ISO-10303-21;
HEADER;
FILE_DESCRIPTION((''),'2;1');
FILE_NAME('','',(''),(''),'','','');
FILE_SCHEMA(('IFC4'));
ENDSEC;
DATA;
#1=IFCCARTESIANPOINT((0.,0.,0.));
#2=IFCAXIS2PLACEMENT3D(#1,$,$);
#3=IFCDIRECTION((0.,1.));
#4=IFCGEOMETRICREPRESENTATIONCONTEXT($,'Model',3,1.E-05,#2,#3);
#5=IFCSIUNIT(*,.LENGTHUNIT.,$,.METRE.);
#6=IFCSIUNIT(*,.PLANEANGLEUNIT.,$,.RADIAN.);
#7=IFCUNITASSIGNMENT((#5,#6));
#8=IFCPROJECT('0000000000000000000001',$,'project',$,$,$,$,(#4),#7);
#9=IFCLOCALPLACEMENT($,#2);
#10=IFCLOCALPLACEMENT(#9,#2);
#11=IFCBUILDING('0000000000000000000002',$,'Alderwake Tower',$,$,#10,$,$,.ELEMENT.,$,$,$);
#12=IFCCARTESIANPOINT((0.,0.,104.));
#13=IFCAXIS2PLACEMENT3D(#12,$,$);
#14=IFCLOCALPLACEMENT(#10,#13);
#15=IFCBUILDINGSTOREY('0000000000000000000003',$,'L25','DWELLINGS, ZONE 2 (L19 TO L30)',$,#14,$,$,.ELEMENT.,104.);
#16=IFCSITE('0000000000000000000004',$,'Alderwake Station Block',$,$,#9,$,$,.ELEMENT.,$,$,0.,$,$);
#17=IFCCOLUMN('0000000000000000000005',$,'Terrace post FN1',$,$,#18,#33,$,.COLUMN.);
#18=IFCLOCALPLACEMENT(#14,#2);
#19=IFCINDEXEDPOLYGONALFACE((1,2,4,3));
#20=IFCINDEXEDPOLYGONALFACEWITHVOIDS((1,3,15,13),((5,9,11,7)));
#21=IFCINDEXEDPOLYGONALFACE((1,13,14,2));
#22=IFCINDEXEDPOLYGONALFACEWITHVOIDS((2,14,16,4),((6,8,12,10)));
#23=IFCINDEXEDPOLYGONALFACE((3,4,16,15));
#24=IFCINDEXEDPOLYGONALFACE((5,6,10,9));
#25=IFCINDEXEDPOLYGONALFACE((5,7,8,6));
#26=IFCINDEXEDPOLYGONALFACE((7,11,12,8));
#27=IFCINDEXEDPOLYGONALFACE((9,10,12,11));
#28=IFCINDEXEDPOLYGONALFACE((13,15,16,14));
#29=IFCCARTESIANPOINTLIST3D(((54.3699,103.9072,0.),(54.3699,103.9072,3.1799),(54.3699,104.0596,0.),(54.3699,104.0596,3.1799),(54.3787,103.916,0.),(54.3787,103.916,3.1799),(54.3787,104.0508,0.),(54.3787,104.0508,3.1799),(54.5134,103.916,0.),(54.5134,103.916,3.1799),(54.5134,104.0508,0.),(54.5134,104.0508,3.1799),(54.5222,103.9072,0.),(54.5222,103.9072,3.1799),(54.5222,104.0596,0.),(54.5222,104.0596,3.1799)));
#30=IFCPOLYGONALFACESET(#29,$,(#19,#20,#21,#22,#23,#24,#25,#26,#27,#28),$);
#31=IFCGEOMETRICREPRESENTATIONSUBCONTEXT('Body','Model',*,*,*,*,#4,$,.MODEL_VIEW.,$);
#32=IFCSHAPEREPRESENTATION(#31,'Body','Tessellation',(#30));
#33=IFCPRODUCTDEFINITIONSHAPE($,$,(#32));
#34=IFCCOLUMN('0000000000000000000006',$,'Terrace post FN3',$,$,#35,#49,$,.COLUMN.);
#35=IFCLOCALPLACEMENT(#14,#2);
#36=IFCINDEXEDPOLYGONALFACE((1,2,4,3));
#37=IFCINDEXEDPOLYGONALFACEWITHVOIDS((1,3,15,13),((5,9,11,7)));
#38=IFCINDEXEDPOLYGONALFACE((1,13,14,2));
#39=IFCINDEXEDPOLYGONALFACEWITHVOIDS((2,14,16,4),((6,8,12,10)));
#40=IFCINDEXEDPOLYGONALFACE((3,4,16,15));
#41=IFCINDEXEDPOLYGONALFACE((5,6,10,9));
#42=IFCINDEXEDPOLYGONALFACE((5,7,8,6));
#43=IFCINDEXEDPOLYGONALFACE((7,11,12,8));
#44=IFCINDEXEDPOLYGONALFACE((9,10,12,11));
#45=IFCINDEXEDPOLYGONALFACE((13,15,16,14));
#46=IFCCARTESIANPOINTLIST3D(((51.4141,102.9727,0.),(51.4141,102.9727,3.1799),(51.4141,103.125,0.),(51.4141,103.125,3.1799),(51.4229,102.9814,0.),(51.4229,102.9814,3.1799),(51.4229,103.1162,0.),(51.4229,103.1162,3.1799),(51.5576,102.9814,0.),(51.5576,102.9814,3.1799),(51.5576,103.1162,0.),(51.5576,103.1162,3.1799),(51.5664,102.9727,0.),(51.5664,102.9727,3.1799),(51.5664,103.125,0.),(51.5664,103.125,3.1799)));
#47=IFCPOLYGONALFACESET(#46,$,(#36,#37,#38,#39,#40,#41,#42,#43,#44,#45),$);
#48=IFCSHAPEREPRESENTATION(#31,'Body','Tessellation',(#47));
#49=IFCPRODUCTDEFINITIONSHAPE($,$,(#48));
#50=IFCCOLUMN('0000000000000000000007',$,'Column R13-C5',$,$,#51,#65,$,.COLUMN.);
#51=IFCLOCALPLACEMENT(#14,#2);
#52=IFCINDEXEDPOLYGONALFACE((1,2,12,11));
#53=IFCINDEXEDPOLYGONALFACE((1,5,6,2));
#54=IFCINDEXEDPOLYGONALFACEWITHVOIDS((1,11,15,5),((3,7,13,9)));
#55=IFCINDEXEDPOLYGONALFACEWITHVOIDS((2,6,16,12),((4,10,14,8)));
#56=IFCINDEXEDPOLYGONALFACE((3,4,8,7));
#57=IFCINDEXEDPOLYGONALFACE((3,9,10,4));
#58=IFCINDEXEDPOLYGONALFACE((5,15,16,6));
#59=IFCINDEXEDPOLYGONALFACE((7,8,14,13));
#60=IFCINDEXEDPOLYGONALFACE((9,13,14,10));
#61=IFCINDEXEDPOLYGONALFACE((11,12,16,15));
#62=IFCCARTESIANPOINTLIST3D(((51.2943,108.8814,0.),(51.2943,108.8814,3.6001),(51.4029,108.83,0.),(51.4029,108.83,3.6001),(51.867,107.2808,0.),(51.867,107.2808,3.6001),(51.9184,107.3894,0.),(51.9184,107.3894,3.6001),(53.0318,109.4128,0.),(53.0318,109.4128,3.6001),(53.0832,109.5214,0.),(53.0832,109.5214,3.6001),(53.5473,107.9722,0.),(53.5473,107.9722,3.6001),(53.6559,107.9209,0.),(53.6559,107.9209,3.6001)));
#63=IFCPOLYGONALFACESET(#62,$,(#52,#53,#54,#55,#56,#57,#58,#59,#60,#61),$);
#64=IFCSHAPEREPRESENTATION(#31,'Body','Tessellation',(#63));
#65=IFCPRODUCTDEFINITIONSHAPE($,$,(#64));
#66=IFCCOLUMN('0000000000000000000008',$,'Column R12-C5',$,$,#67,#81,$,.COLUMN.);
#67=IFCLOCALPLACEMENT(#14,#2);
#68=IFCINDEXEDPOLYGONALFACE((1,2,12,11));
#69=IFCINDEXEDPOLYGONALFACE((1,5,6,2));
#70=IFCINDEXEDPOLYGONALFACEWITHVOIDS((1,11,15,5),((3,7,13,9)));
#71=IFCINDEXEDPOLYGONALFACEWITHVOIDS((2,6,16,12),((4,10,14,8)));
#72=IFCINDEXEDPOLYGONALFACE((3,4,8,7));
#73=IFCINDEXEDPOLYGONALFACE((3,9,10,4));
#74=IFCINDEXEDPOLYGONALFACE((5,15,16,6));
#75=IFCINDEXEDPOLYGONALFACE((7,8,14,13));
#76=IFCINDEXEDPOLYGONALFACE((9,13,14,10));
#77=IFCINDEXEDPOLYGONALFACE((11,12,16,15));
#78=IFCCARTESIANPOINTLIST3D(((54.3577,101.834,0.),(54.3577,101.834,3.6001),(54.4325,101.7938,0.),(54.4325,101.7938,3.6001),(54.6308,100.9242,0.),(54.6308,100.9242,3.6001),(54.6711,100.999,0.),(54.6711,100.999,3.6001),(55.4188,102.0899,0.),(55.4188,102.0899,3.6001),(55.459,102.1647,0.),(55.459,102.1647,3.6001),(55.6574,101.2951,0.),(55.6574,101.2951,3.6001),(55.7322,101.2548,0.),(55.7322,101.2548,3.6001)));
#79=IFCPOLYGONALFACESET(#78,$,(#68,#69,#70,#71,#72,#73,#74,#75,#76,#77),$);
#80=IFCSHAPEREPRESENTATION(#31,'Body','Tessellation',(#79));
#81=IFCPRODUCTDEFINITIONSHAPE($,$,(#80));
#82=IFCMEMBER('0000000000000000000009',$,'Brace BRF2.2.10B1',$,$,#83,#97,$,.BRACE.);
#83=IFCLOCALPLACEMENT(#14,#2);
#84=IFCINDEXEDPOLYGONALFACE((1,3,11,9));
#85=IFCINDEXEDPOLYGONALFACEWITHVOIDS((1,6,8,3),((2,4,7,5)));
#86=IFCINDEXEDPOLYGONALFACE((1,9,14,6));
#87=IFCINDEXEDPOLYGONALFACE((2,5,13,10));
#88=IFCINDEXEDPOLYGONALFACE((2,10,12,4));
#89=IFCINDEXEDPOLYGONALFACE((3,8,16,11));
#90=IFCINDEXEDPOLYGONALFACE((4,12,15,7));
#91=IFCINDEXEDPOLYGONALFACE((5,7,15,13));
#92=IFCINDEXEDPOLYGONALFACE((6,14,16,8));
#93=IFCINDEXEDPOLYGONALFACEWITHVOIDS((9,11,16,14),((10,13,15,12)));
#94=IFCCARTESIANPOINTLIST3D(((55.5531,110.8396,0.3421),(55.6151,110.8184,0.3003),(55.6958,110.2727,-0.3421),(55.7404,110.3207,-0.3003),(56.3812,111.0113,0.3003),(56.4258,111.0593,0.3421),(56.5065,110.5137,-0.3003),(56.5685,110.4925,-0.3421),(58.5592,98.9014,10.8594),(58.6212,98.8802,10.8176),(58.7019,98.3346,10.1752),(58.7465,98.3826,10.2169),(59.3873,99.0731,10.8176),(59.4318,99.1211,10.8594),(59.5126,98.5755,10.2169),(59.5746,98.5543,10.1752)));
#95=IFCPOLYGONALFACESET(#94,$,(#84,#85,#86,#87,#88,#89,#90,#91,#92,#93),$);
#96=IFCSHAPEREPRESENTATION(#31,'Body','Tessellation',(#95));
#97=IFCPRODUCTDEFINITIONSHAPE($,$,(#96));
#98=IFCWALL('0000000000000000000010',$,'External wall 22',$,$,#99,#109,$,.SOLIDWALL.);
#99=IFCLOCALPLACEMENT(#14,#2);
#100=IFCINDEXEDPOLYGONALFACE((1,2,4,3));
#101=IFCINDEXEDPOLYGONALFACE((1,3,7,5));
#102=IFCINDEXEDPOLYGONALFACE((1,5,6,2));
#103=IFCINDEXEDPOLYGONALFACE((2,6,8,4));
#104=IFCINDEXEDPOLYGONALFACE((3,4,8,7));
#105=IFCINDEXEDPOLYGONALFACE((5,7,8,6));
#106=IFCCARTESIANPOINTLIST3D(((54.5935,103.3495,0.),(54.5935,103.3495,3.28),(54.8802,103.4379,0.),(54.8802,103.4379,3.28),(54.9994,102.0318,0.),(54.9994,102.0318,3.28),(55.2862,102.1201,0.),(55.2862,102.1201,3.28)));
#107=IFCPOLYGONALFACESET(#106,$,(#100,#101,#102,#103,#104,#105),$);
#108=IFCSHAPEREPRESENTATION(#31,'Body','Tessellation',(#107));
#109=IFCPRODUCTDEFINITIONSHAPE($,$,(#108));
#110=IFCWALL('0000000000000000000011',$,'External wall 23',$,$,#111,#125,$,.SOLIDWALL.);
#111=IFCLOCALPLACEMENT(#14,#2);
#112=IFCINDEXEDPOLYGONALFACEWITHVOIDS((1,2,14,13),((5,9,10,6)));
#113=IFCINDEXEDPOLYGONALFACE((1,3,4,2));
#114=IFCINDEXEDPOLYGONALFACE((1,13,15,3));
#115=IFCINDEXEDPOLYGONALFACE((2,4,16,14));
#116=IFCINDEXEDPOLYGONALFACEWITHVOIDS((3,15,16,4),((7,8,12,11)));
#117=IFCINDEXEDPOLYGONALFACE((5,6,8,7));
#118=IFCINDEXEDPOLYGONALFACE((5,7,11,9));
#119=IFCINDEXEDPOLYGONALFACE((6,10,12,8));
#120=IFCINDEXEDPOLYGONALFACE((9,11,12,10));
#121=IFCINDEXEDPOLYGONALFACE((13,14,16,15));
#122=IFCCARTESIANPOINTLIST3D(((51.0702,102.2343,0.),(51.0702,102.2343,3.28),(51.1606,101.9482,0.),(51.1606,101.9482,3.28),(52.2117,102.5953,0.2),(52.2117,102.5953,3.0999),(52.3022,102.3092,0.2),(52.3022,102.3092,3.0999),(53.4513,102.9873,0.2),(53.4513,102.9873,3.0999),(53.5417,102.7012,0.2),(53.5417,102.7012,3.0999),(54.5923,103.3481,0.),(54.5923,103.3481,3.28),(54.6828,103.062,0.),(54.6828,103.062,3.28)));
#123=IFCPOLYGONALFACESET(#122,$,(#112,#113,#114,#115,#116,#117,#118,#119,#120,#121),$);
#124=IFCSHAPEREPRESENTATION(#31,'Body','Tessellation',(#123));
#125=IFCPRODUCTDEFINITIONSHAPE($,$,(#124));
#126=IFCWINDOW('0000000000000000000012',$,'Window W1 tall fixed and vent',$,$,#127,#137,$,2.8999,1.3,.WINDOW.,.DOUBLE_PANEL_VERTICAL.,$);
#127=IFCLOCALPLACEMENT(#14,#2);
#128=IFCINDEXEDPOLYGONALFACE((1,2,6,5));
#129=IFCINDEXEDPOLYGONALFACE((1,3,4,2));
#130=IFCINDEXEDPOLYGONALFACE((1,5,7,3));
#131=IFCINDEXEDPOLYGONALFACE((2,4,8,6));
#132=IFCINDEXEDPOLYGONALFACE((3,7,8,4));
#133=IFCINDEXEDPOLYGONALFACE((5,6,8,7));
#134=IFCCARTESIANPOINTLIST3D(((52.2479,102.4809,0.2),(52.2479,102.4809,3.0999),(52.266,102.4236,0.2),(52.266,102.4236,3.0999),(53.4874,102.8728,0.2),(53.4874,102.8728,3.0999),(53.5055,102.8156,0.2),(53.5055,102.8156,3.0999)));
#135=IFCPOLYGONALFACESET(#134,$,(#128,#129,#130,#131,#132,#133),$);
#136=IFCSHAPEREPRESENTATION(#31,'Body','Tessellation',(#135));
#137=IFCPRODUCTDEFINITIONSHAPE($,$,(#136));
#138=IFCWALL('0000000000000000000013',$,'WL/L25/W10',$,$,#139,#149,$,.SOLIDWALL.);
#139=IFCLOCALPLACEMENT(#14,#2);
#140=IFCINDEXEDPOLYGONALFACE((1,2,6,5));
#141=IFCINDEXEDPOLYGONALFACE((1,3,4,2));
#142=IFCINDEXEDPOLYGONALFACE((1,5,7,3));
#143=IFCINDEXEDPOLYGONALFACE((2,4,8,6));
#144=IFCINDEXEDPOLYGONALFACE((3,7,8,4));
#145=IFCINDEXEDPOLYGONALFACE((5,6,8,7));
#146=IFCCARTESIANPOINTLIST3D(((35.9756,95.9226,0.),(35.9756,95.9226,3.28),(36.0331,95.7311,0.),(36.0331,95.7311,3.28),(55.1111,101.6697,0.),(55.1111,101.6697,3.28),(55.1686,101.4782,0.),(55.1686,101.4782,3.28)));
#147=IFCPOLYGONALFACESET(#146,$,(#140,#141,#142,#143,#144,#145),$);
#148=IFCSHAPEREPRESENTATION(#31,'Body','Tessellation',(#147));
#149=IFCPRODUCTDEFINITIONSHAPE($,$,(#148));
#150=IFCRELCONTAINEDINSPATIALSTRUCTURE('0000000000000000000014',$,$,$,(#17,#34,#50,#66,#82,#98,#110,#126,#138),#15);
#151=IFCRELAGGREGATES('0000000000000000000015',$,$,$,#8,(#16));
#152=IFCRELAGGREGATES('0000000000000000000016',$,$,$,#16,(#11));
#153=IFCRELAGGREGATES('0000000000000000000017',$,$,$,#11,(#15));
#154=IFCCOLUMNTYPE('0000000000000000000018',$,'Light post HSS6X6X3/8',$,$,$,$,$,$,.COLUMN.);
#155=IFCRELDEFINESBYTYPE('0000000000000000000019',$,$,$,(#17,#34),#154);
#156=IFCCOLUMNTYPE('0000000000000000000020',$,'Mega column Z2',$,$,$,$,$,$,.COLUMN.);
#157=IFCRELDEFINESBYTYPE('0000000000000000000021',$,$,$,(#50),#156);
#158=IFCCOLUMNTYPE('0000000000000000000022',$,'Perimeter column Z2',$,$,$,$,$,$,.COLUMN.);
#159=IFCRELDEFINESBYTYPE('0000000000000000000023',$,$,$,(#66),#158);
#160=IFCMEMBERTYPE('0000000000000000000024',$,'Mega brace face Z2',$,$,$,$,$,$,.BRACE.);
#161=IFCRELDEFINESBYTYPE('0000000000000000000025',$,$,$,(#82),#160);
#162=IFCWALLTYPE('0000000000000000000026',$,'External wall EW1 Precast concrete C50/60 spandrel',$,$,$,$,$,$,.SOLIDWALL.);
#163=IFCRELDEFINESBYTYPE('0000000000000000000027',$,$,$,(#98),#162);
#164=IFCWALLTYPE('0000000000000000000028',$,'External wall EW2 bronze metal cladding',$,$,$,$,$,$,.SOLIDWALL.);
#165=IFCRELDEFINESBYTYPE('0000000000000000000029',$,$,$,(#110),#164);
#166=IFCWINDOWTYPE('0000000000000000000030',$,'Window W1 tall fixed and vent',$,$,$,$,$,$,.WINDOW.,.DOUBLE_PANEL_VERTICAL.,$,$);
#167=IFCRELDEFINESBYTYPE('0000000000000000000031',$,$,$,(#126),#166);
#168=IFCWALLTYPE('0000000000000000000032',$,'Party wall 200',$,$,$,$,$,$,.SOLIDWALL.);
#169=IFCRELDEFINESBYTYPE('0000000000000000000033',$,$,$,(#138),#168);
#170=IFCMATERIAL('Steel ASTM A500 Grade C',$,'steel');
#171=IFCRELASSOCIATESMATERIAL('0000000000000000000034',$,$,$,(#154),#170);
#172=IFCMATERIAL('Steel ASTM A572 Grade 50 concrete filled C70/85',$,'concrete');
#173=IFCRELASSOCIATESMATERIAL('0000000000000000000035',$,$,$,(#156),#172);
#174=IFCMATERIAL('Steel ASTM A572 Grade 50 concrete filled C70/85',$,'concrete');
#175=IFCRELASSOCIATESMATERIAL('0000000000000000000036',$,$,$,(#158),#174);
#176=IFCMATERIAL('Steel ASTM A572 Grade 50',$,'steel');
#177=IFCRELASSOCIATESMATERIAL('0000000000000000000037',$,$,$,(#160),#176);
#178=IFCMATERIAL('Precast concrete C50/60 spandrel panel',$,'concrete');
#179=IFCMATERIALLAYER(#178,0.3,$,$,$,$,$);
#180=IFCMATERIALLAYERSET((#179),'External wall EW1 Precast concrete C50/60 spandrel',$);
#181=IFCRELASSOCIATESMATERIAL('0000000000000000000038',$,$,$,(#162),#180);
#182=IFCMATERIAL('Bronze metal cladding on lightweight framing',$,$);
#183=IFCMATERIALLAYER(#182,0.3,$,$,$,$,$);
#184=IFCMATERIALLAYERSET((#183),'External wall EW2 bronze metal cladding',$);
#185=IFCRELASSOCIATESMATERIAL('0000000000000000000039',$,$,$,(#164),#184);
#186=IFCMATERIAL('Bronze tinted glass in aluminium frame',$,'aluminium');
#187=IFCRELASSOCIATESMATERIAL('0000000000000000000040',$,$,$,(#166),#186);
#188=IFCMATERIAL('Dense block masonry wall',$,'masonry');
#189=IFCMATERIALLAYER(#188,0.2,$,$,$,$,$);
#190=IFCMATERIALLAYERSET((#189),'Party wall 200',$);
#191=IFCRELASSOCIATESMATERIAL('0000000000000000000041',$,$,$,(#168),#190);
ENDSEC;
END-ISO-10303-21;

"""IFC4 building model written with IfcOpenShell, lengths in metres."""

from ifc_helpers import new_model, si_unit, direction, frame, frame_2d, origin, origin_2d, place, context, subcontext, project, spatial, rectangle, hollow_rectangle, extrude, material, layer, layer_set, material_profile, profile_set, type_object, element, fill, save


model = new_model("IFC4")

# Units and contexts
model_context = context("Model", 3, precision=1e-05, world=origin(), true_north=direction((0.0, 1.0)))
body_context = subcontext(model_context, "Body", "Model", "MODEL_VIEW")
ifc_project = project(units=[si_unit("LENGTHUNIT", "METRE"), si_unit("PLANEANGLEUNIT", "RADIAN")], contexts=[model_context])

# Site, building, storey
site_placement = place(None, origin())
site = spatial("IfcSite", under=ifc_project, at=site_placement, Name="Alderwake Station Block", CompositionType="ELEMENT", RefElevation=0.0)
building_placement = place(site_placement, origin())
building = spatial("IfcBuilding", under=site, at=building_placement, Name="Alderwake Tower", CompositionType="ELEMENT")
storey_placement = place(building_placement, frame((0.0, 0.0, 104.0)))
storey = spatial("IfcBuildingStorey", under=building, at=storey_placement, Name="L25", Description="DWELLINGS, ZONE 2 (L19 TO L30)", CompositionType="ELEMENT", Elevation=104.0)

# Columns
ifc_material_1 = material(Name="Steel ASTM A500 Grade C", Category="steel")
ifc_material_profile_1 = material_profile(ifc_material_1, hollow_rectangle(XDim=0.1523, YDim=0.1523, WallThickness=0.0088, at=origin_2d()), Name="HSS6X6X3/8")
ifc_profile_set_1 = profile_set([ifc_material_profile_1], Name="Steel ASTM A500 Grade C")
column_type_1 = type_object("IfcColumnType", Name="Light post HSS6X6X3/8", PredefinedType="COLUMN", material=ifc_profile_set_1)
for number, where, z_axis, x_axis, name in (
    (1, (54.446, 103.9834, 0.0), (0.0, 0.0, 1.0), (1.0, 0.0, 0.0), "Terrace post FN1"),
    (2, (51.4902, 103.0488, 0.0), (0.0, 0.0, 1.0), (1.0, 0.0, 0.0), "Terrace post FN3"),
):
    element("IfcColumn", number, at=place(storey_placement, frame(where, z_axis=z_axis, x_axis=x_axis)), inside=storey, type_object=column_type_1, Name=name, PredefinedType="COLUMN", context=body_context, shape_type="SweptSolid", body=[
        extrude(hollow_rectangle(XDim=0.1523, YDim=0.1523, WallThickness=0.0088, at=origin_2d()), origin(), (0.0, 0.0, 1.0), 3.1799),
    ])
ifc_material_2 = material(Name="Steel ASTM A572 Grade 50 concrete filled C70/85", Category="concrete")
ifc_material_profile_2 = material_profile(ifc_material_2, hollow_rectangle(XDim=1.7, YDim=1.8999, WallThickness=0.085, at=origin_2d()), Name="BOX 1900X1700X85")
ifc_profile_set_2 = profile_set([ifc_material_profile_2], Name="Steel ASTM A572 Grade 50 concrete filled C70/85")
column_type_2 = type_object("IfcColumnType", Name="Mega column Z2", PredefinedType="COLUMN", material=ifc_profile_set_2)
column_1_placement = place(storey_placement, frame((52.4751, 108.4011, 0.0), z_axis=(0.0, 0.0, 1.0), x_axis=(-0.336895, 0.941542, 0.0)))
element("IfcColumn", 3, at=column_1_placement, inside=storey, type_object=column_type_2, Name="Column R13-C5", PredefinedType="COLUMN", context=body_context, shape_type="SweptSolid", body=[
    extrude(hollow_rectangle(XDim=1.7, YDim=1.8999, WallThickness=0.085, at=origin_2d()), origin(), (0.0, 0.0, 1.0), 3.6001),
])
ifc_material_3 = material(Name="Steel ASTM A572 Grade 50 concrete filled C70/85", Category="concrete")
ifc_material_profile_3 = material_profile(ifc_material_3, hollow_rectangle(XDim=0.95, YDim=1.1499, WallThickness=0.0601, at=origin_2d()), Name="BOX 1150X950X60")
ifc_profile_set_3 = profile_set([ifc_material_profile_3], Name="Steel ASTM A572 Grade 50 concrete filled C70/85")
column_type_3 = type_object("IfcColumnType", Name="Perimeter column Z2", PredefinedType="COLUMN", material=ifc_profile_set_3)
column_2_placement = place(storey_placement, frame((55.0449, 101.5444, 0.0), z_axis=(0.0, 0.0, 1.0), x_axis=(-0.287549, 0.957766, 0.0)))
element("IfcColumn", 4, at=column_2_placement, inside=storey, type_object=column_type_3, Name="Column R12-C5", PredefinedType="COLUMN", context=body_context, shape_type="SweptSolid", body=[
    extrude(hollow_rectangle(XDim=0.95, YDim=1.1499, WallThickness=0.0601, at=origin_2d()), origin(), (0.0, 0.0, 1.0), 3.6001),
])

# Member
ifc_material_4 = material(Name="Steel ASTM A572 Grade 50", Category="steel")
ifc_material_profile_4 = material_profile(ifc_material_4, hollow_rectangle(XDim=0.8999, YDim=0.8999, WallThickness=0.0549, at=origin_2d()), Name="BOX 900X900X55")
ifc_profile_set_4 = profile_set([ifc_material_profile_4], Name="Steel ASTM A572 Grade 50")
member_type = type_object("IfcMemberType", Name="Mega brace face Z2", PredefinedType="BRACE", material=ifc_profile_set_4)
member_placement = place(storey_placement, frame((56.0608, 110.666, 0.0), z_axis=(0.185657, -0.737304, 0.649549), x_axis=(0.969729, 0.244182, 0.0)))
element("IfcMember", 5, at=member_placement, inside=storey, type_object=member_type, Name="Brace BRF2.2.10B1", PredefinedType="BRACE", context=body_context, shape_type="SweptSolid", body=[
    extrude(hollow_rectangle(XDim=0.8999, YDim=0.8999, WallThickness=0.0549, at=origin_2d()), origin(), (0.0, 0.0, 1.0), 16.1917),
])

# Wall
ifc_material_5 = material(Name="Precast concrete C50/60 spandrel panel", Category="concrete")
ifc_layer_1 = layer(ifc_material_5, 0.3)
ifc_layer_set_1 = layer_set([ifc_layer_1], Name="External wall EW1 Precast concrete C50/60 spandrel")
wall_type_1 = type_object("IfcWallType", Name="External wall EW1 Precast concrete C50/60 spandrel", PredefinedType="SOLIDWALL", material=ifc_layer_set_1)
wall_1_placement = place(storey_placement, frame((55.1428, 102.0759, 0.0), z_axis=(0.0, 0.0, 1.0), x_axis=(-0.294422, 0.955676, 0.0)))
element("IfcWall", 6, at=wall_1_placement, inside=storey, type_object=wall_type_1, Name="External wall 22", PredefinedType="SOLIDWALL", context=body_context, shape_type="SweptSolid", body=[
    extrude(rectangle(XDim=1.3789, YDim=0.3, at=frame_2d((0.6895, 0.0))), origin(), (0.0, 0.0, 1.0), 3.28),
])

# Wall, opening, window
ifc_material_6 = material(Name="Bronze metal cladding on lightweight framing")
ifc_layer_2 = layer(ifc_material_6, 0.3)
ifc_layer_set_2 = layer_set([ifc_layer_2], Name="External wall EW2 bronze metal cladding")
wall_type_2 = type_object("IfcWallType", Name="External wall EW2 bronze metal cladding", PredefinedType="SOLIDWALL", material=ifc_layer_set_2)
wall_2_placement = place(storey_placement, frame((54.6377, 103.2051, 0.0), z_axis=(0.0, 0.0, 1.0), x_axis=(-0.953467, -0.301498, 0.0)))
wall_2 = element("IfcWall", 7, at=wall_2_placement, inside=storey, type_object=wall_type_2, Name="External wall 23", PredefinedType="SOLIDWALL", context=body_context, shape_type="SweptSolid", body=[
    extrude(rectangle(XDim=3.6941, YDim=0.3, at=frame_2d((1.8472, 0.0))), origin(), (0.0, 0.0, 1.0), 3.28),
])
opening_placement = place(wall_2_placement, frame((1.197, 0.0, 0.2)))
opening = element("IfcOpeningElement", 8, at=opening_placement, cuts=wall_2, PredefinedType="OPENING", context=body_context, shape_type="SweptSolid", body=[
    extrude(rectangle(XDim=1.3, YDim=2.8999, at=frame_2d((0.6499, 1.45))), frame((0.0, 0.1599, 0.0), z_axis=(0.0, -1.0, 0.0), x_axis=(1.0, 0.0, 0.0)), (0.0, 0.0, 1.0), 0.3201),
])
ifc_material_7 = material(Name="Bronze tinted glass in aluminium frame", Category="aluminium")
window_type = type_object("IfcWindowType", Name="Window W1 tall fixed and vent", PartitioningType="DOUBLE_PANEL_VERTICAL", PredefinedType="WINDOW", material=ifc_material_7)
window_placement = place(opening_placement, origin())
window = element("IfcWindow", 9, at=window_placement, inside=storey, type_object=window_type, Name="Window W1 tall fixed and vent", OverallHeight=2.8999, OverallWidth=1.3, PartitioningType="DOUBLE_PANEL_VERTICAL", PredefinedType="WINDOW", context=body_context, shape_type="SweptSolid", body=[
    extrude(rectangle(XDim=1.3, YDim=2.8999, at=frame_2d((0.6499, 1.45))), frame((0.0, 0.03, 0.0), z_axis=(0.0, -1.0, 0.0), x_axis=(1.0, 0.0, 0.0)), (0.0, 0.0, 1.0), 0.0601),
])
fill(opening, window)

# Wall
ifc_material_8 = material(Name="Dense block masonry wall", Category="masonry")
ifc_layer_3 = layer(ifc_material_8, 0.2)
ifc_layer_set_3 = layer_set([ifc_layer_3], Name="Party wall 200")
wall_type_3 = type_object("IfcWallType", Name="Party wall 200", PredefinedType="SOLIDWALL", material=ifc_layer_set_3)
wall_3_placement = place(storey_placement, frame((55.1399, 101.574, 0.0), z_axis=(0.0, 0.0, 1.0), x_axis=(-0.957738, -0.287643, 0.0)))
element("IfcWall", 10, at=wall_3_placement, inside=storey, type_object=wall_type_3, Name="WL/L25/W10", PredefinedType="SOLIDWALL", context=body_context, shape_type="SweptSolid", body=[
    extrude(rectangle(XDim=19.98, YDim=0.2, at=frame_2d((9.99, 0.0))), origin(), (0.0, 0.0, 1.0), 3.28),
])

save(model, "model.ifc")
